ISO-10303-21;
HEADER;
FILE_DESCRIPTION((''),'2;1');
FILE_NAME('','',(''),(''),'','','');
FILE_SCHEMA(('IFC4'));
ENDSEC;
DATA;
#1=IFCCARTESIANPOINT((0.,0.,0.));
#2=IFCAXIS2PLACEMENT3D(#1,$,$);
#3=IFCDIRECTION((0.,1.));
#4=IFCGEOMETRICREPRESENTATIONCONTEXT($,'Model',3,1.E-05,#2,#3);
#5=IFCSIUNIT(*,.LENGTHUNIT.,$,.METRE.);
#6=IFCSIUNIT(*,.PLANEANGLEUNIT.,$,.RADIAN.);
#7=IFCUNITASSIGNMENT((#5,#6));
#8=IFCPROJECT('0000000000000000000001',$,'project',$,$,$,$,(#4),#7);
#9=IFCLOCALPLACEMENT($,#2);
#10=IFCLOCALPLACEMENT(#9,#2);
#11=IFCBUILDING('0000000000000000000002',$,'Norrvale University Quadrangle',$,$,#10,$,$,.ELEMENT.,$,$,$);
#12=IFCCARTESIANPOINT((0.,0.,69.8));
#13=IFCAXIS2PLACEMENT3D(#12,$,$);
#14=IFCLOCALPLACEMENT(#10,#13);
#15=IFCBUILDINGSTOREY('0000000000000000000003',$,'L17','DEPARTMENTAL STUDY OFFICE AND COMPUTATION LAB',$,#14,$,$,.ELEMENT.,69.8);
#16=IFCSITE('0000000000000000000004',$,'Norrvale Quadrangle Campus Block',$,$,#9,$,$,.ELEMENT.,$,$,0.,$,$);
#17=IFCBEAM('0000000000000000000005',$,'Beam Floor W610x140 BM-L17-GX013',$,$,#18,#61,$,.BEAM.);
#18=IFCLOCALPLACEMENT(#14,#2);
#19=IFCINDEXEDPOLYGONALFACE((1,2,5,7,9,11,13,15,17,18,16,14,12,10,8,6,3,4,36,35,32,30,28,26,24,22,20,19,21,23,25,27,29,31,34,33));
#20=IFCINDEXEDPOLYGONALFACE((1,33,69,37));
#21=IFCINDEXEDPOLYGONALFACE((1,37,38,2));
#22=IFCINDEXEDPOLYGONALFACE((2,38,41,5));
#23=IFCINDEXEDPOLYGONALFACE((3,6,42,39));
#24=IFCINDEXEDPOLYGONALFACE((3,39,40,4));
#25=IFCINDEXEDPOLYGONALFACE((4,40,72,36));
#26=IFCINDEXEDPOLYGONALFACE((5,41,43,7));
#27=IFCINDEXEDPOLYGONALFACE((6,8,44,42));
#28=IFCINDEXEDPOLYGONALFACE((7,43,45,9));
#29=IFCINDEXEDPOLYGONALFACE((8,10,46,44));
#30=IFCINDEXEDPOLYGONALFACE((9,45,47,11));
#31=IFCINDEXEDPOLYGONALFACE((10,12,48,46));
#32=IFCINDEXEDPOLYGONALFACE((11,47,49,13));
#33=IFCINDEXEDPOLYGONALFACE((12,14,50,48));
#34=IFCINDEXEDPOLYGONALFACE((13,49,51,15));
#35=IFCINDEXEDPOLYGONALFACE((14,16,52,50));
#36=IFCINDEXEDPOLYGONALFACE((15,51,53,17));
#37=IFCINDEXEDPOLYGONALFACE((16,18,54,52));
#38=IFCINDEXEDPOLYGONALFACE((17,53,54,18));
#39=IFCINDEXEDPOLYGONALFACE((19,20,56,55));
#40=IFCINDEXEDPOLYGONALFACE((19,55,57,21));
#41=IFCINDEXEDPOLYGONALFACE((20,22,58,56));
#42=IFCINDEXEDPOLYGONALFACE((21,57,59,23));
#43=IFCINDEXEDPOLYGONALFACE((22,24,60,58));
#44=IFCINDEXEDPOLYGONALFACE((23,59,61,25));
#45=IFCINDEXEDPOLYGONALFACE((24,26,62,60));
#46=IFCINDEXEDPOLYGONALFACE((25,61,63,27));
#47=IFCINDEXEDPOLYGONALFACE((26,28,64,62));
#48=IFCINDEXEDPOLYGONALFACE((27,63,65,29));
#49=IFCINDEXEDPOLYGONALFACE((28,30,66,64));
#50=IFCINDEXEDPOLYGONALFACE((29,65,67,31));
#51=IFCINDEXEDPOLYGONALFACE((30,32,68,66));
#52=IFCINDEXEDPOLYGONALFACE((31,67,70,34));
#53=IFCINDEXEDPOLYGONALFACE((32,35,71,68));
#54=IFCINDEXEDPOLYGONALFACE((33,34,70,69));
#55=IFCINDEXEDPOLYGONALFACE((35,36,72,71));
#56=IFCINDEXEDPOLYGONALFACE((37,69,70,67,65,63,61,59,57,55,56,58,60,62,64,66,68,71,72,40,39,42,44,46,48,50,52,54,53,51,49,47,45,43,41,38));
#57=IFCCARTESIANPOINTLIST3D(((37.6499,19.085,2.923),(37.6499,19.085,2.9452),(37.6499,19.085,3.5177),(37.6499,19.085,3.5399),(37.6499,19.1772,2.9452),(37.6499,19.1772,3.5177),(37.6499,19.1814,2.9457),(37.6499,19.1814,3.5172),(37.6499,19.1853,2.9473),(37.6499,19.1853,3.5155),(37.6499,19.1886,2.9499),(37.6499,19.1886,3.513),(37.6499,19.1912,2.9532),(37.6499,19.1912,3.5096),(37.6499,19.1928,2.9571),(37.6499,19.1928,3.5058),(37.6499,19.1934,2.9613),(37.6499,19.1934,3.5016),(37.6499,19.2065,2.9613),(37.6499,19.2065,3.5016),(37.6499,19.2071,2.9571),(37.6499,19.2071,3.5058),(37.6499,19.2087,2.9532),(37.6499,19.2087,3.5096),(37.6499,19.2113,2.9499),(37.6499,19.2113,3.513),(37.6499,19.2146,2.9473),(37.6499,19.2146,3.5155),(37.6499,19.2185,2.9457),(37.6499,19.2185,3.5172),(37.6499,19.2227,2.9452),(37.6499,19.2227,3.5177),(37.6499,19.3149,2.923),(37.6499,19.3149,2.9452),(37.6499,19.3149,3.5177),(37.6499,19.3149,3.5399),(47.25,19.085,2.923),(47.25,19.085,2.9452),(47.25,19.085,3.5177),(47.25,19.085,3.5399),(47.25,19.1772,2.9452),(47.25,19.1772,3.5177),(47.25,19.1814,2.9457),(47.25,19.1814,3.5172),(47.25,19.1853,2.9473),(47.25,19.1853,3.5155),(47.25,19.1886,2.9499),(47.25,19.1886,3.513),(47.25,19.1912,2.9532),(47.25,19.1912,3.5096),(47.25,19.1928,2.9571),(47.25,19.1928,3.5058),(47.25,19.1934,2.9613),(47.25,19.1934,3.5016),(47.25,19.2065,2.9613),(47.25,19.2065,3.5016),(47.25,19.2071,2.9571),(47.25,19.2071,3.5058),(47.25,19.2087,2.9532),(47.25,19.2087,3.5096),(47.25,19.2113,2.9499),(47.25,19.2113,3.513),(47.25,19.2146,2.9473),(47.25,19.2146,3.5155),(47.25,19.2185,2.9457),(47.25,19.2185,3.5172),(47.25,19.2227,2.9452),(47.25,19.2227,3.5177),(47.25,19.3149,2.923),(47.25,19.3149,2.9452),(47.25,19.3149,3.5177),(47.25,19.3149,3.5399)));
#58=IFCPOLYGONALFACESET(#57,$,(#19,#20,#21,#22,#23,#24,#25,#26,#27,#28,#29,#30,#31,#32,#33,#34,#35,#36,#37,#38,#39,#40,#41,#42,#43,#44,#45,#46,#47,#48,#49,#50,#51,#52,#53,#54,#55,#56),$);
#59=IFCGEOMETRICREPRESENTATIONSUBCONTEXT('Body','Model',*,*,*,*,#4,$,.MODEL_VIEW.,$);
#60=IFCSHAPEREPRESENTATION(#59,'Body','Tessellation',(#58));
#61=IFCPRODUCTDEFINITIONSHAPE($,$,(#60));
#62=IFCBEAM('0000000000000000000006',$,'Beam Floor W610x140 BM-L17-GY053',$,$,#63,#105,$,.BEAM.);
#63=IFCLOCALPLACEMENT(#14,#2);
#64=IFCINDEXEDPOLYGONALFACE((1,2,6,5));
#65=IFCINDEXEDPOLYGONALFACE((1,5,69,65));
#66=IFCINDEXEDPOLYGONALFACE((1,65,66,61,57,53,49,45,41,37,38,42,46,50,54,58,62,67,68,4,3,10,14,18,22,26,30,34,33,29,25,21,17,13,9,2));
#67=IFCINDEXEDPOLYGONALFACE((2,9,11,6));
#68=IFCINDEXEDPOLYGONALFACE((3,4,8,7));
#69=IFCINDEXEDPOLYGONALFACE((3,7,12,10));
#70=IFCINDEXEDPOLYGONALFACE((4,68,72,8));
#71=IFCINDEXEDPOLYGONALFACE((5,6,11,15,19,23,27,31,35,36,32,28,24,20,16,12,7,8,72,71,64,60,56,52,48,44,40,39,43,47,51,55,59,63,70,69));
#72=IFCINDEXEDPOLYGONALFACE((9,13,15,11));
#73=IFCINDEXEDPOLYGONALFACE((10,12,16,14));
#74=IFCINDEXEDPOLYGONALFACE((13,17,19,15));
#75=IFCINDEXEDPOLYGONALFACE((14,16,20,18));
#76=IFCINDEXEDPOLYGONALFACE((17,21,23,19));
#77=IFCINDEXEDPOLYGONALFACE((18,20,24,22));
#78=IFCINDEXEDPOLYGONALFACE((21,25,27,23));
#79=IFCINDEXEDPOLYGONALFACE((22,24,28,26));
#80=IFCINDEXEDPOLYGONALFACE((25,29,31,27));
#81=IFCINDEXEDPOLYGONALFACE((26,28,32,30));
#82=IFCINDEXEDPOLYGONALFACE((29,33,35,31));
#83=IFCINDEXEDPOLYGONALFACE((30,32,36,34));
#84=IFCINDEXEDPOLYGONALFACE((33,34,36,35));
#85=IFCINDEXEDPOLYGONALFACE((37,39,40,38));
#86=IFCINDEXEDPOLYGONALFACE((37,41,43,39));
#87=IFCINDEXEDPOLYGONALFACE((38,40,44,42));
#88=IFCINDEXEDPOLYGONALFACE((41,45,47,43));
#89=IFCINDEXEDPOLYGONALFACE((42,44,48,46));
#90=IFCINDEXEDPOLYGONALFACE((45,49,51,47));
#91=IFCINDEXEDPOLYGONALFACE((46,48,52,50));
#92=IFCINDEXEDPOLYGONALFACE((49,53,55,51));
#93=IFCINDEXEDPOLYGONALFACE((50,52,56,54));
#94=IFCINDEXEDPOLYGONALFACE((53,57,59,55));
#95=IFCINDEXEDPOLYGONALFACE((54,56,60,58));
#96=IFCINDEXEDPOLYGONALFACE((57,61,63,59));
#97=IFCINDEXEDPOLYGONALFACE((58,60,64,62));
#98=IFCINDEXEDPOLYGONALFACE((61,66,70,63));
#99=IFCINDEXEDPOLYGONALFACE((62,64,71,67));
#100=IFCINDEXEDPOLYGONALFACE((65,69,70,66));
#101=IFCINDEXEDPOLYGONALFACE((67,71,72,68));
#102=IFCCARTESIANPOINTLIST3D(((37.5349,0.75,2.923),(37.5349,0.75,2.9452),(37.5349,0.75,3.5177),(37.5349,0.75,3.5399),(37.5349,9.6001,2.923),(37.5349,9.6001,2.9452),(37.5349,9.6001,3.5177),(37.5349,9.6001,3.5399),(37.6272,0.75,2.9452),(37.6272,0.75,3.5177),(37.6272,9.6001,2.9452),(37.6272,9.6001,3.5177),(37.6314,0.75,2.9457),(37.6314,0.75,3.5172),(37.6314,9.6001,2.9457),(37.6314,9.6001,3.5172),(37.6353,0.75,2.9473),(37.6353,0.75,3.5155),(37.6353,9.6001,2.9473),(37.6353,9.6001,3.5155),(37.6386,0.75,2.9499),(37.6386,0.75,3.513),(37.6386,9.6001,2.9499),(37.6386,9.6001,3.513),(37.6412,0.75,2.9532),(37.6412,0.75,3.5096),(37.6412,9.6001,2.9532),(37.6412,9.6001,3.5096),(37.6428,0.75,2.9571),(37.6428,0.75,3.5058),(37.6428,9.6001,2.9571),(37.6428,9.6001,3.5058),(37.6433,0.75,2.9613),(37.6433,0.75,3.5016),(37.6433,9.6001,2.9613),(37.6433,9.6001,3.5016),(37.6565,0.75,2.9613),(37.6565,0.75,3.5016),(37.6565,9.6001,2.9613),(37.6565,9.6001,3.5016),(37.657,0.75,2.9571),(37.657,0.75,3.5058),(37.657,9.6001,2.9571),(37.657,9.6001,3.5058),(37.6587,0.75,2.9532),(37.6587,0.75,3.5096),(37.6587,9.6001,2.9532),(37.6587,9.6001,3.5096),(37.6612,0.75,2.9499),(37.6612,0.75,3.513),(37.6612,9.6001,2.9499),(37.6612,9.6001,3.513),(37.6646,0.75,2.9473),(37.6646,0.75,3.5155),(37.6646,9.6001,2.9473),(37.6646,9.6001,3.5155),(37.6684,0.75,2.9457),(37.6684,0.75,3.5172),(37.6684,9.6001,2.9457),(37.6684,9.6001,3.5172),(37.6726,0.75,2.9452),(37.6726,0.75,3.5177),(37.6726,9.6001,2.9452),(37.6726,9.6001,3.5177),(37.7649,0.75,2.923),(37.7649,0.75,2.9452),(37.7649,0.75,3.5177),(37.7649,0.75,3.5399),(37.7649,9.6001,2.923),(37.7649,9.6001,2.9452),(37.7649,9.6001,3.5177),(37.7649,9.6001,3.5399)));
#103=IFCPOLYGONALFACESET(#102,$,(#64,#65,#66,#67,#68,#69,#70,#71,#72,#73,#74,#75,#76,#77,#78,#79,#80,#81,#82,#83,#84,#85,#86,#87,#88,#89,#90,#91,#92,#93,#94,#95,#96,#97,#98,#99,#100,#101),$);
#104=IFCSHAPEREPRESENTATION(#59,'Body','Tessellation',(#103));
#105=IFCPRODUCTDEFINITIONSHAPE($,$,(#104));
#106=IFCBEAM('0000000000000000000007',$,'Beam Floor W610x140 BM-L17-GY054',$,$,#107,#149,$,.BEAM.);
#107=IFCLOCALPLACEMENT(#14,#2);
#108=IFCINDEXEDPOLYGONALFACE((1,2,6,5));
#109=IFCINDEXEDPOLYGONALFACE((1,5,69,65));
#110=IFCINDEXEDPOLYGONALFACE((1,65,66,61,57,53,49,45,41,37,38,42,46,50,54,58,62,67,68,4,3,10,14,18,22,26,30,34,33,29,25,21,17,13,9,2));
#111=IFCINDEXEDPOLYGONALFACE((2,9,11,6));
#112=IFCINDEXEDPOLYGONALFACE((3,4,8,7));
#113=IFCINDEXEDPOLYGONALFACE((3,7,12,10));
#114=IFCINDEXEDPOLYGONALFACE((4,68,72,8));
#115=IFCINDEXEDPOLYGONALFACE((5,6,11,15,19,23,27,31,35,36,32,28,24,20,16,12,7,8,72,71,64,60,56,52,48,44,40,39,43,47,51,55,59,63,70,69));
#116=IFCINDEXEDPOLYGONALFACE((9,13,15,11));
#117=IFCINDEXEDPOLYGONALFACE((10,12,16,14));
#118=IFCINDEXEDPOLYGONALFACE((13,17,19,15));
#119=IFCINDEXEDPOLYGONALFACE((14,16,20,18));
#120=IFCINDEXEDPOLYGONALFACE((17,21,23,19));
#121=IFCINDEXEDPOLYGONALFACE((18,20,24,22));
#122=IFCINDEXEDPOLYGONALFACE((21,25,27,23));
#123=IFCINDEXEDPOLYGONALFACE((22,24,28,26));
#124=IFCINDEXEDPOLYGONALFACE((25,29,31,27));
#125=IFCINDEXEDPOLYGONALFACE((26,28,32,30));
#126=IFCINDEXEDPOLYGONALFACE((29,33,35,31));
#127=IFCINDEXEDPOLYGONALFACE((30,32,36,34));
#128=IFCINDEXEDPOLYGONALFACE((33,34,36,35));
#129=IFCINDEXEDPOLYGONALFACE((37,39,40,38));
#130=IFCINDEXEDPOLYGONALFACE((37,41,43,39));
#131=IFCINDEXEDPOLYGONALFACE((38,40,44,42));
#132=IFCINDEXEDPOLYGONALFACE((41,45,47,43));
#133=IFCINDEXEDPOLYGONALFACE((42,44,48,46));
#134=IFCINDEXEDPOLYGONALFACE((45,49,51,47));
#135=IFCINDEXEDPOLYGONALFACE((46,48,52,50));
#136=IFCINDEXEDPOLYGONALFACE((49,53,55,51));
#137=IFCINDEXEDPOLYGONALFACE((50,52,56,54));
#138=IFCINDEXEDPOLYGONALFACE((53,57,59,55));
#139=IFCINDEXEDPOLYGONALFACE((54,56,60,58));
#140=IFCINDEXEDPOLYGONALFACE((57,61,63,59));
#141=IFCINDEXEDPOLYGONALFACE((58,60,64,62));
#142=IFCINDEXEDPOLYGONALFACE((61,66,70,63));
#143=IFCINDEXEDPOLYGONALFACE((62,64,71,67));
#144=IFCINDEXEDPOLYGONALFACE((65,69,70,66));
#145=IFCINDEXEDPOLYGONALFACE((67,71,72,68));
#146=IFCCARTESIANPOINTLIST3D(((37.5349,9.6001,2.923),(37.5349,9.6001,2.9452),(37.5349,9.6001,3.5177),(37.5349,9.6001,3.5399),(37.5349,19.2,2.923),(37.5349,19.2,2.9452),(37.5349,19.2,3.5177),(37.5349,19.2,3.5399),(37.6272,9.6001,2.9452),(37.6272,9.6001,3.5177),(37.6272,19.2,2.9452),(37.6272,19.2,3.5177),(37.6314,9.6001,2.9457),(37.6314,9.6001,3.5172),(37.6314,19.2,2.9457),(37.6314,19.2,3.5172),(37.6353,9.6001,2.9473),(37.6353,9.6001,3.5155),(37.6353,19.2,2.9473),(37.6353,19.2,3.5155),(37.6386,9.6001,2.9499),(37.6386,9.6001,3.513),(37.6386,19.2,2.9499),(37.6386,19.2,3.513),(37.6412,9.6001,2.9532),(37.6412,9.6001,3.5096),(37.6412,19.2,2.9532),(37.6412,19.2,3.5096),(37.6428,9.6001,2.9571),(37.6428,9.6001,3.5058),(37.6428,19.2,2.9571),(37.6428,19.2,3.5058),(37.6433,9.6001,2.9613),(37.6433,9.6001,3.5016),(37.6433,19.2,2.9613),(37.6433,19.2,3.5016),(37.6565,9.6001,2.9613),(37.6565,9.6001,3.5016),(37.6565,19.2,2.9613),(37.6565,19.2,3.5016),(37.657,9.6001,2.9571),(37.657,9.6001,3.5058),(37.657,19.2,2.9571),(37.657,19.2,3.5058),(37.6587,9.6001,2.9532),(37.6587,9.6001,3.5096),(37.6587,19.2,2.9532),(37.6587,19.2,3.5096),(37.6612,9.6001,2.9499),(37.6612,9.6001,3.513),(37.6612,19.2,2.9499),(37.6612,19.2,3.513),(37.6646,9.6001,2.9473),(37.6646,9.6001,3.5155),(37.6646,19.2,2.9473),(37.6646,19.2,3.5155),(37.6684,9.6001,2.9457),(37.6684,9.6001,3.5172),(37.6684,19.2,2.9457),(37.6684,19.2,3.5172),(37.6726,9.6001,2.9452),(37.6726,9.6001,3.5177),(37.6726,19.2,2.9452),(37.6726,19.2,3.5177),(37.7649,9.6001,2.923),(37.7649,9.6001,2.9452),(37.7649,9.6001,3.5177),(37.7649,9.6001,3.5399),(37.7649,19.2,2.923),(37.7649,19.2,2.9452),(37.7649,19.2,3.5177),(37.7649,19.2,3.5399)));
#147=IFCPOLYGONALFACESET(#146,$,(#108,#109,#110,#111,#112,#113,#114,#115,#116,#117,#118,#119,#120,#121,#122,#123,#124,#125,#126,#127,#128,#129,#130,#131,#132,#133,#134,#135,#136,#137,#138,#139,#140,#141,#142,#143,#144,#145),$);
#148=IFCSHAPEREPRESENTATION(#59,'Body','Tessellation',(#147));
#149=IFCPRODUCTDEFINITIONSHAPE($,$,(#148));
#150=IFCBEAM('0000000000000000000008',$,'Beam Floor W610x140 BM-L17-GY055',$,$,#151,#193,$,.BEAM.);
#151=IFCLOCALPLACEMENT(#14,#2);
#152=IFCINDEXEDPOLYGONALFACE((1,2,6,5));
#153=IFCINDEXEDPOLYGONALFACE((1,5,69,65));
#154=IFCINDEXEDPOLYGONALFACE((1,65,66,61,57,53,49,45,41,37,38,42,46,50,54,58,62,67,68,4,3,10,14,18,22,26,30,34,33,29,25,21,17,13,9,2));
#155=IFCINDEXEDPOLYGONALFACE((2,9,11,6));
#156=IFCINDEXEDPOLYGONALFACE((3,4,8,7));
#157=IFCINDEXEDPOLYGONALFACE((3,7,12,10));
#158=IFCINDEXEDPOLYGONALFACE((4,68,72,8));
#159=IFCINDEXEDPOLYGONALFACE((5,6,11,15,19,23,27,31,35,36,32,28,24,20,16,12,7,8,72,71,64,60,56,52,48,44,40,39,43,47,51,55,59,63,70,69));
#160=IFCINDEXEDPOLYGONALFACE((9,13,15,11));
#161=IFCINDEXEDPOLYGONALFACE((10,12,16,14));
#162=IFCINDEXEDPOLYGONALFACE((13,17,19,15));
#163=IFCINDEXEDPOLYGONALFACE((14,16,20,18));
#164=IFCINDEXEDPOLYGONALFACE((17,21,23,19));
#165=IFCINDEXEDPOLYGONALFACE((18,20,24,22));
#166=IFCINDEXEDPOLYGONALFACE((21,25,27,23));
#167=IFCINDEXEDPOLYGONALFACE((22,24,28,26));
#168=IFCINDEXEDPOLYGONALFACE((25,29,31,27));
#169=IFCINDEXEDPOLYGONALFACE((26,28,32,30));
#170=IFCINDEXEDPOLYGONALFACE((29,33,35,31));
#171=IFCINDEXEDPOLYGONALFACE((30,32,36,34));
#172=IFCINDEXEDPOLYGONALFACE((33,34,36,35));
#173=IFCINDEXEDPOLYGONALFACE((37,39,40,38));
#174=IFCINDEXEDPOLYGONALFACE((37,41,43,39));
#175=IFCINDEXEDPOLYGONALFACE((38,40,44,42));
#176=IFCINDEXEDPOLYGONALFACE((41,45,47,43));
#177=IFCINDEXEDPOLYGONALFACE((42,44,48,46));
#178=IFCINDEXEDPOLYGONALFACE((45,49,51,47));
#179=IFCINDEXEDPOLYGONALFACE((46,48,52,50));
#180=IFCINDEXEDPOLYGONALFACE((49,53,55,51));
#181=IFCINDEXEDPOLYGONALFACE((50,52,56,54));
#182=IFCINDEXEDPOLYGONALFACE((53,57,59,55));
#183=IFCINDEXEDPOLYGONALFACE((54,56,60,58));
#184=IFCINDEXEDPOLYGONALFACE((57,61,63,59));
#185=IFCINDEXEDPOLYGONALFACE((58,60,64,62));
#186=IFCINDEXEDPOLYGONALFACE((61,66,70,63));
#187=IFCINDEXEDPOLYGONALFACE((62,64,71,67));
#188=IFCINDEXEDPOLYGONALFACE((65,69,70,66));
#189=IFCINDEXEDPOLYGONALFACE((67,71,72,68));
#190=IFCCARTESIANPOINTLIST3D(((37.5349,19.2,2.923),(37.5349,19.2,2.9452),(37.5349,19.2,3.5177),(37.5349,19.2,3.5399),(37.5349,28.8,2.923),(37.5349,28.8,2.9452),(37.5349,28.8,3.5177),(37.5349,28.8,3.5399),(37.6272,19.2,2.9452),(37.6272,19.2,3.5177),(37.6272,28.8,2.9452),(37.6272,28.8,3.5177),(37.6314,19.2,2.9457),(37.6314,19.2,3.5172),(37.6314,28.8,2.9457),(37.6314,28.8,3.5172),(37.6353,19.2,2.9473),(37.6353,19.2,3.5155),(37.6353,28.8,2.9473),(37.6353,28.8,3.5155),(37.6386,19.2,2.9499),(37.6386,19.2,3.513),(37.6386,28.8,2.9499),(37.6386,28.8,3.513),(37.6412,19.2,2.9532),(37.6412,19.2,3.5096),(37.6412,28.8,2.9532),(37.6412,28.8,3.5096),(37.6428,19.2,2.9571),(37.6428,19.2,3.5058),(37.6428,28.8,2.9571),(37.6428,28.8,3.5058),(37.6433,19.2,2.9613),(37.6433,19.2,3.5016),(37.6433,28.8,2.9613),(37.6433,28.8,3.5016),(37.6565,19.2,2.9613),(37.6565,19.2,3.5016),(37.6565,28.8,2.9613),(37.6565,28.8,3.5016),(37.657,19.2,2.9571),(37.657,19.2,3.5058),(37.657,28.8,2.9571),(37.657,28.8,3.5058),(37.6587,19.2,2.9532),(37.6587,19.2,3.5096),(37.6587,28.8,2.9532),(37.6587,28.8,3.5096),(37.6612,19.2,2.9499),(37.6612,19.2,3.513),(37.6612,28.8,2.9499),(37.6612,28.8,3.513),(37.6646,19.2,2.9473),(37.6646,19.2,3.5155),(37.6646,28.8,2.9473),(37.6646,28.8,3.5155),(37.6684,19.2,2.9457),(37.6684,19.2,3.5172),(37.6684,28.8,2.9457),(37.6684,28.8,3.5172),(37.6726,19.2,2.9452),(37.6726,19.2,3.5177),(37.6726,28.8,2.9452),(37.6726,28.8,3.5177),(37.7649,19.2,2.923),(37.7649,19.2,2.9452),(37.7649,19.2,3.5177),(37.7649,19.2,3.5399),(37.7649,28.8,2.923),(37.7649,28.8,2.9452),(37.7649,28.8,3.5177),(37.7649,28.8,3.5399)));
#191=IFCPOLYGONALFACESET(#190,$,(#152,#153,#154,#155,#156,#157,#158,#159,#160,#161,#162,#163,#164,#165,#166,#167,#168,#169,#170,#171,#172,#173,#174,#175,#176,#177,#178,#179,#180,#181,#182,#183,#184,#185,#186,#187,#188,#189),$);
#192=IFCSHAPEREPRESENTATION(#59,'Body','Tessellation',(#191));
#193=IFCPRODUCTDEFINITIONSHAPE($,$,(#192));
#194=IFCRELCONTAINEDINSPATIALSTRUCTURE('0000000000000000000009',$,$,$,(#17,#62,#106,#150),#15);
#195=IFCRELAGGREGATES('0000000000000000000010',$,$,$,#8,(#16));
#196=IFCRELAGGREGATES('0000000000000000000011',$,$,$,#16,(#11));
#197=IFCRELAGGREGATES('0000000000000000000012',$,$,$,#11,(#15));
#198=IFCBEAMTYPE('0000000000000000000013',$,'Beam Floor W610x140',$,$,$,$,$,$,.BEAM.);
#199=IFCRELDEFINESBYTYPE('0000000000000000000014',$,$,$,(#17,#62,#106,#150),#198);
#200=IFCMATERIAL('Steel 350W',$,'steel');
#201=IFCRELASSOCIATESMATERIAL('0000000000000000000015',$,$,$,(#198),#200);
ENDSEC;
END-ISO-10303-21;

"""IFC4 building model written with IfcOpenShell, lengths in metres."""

from ifc_helpers import new_model, si_unit, direction, frame, origin, origin_2d, place, context, subcontext, project, spatial, i_section, extrude, material, material_profile, profile_set, type_object, element, save


model = new_model("IFC4")

# Units and contexts
model_context = context("Model", 3, precision=1e-05, world=origin(), true_north=direction((0.0, 1.0)))
body_context = subcontext(model_context, "Body", "Model", "MODEL_VIEW")
ifc_project = project(units=[si_unit("LENGTHUNIT", "METRE"), si_unit("PLANEANGLEUNIT", "RADIAN")], contexts=[model_context])

# Site, building, storey
site_placement = place(None, origin())
site = spatial("IfcSite", under=ifc_project, at=site_placement, Name="Norrvale Quadrangle Campus Block", CompositionType="ELEMENT", RefElevation=0.0)
building_placement = place(site_placement, origin())
building = spatial("IfcBuilding", under=site, at=building_placement, Name="Norrvale University Quadrangle", CompositionType="ELEMENT")
storey_placement = place(building_placement, frame((0.0, 0.0, 69.8)))
storey = spatial("IfcBuildingStorey", under=building, at=storey_placement, Name="L17", Description="DEPARTMENTAL STUDY OFFICE AND COMPUTATION LAB", CompositionType="ELEMENT", Elevation=69.8)

# Beams
ifc_material_1 = material(Name="Steel 350W", Category="steel")
ifc_material_profile_1 = material_profile(ifc_material_1, i_section(OverallWidth=0.23, OverallDepth=0.6169, WebThickness=0.0132, FlangeThickness=0.0222, FilletRadius=0.0161, at=origin_2d()), Name="Steel 350W")
ifc_profile_set_1 = profile_set([ifc_material_profile_1], Name="Steel 350W")
beam_type_1 = type_object("IfcBeamType", Name="Beam Floor W610x140", PredefinedType="BEAM", material=ifc_profile_set_1)
for number, where, z_axis, x_axis, name in (
    (1, (37.6499, 19.2, 3.2314), (1.0, 0.0, 0.0), (0.0, 1.0, 0.0), "Beam Floor W610x140 BM-L17-GX013"),
):
    element("IfcBeam", number, at=place(storey_placement, frame(where, z_axis=z_axis, x_axis=x_axis)), inside=storey, type_object=beam_type_1, Name=name, PredefinedType="BEAM", context=body_context, shape_type="SweptSolid", body=[
        extrude(i_section(OverallWidth=0.23, OverallDepth=0.6169, WebThickness=0.0132, FlangeThickness=0.0222, FilletRadius=0.0161, at=origin_2d()), origin(), (0.0, 0.0, 1.0), 9.6001),
    ])
beam_1_placement = place(storey_placement, frame((37.6499, 0.75, 3.2314), z_axis=(0.0, 1.0, 0.0), x_axis=(-1.0, 0.0, 0.0)))
element("IfcBeam", 2, at=beam_1_placement, inside=storey, type_object=beam_type_1, Name="Beam Floor W610x140 BM-L17-GY053", PredefinedType="BEAM", context=body_context, shape_type="SweptSolid", body=[
    extrude(i_section(OverallWidth=0.23, OverallDepth=0.6169, WebThickness=0.0132, FlangeThickness=0.0222, FilletRadius=0.0161, at=origin_2d()), origin(), (0.0, 0.0, 1.0), 8.8501),
])
beam_2_placement = place(storey_placement, frame((37.6499, 9.6001, 3.2314), z_axis=(0.0, 1.0, 0.0), x_axis=(-1.0, 0.0, 0.0)))
element("IfcBeam", 3, at=beam_2_placement, inside=storey, type_object=beam_type_1, Name="Beam Floor W610x140 BM-L17-GY054", PredefinedType="BEAM", context=body_context, shape_type="SweptSolid", body=[
    extrude(i_section(OverallWidth=0.23, OverallDepth=0.6169, WebThickness=0.0132, FlangeThickness=0.0222, FilletRadius=0.0161, at=origin_2d()), origin(), (0.0, 0.0, 1.0), 9.5999),
])
beam_3_placement = place(storey_placement, frame((37.6499, 19.2, 3.2314), z_axis=(0.0, 1.0, 0.0), x_axis=(-1.0, 0.0, 0.0)))
element("IfcBeam", 4, at=beam_3_placement, inside=storey, type_object=beam_type_1, Name="Beam Floor W610x140 BM-L17-GY055", PredefinedType="BEAM", context=body_context, shape_type="SweptSolid", body=[
    extrude(i_section(OverallWidth=0.23, OverallDepth=0.6169, WebThickness=0.0132, FlangeThickness=0.0222, FilletRadius=0.0161, at=origin_2d()), origin(), (0.0, 0.0, 1.0), 9.6001),
])

save(model, "model.ifc")
